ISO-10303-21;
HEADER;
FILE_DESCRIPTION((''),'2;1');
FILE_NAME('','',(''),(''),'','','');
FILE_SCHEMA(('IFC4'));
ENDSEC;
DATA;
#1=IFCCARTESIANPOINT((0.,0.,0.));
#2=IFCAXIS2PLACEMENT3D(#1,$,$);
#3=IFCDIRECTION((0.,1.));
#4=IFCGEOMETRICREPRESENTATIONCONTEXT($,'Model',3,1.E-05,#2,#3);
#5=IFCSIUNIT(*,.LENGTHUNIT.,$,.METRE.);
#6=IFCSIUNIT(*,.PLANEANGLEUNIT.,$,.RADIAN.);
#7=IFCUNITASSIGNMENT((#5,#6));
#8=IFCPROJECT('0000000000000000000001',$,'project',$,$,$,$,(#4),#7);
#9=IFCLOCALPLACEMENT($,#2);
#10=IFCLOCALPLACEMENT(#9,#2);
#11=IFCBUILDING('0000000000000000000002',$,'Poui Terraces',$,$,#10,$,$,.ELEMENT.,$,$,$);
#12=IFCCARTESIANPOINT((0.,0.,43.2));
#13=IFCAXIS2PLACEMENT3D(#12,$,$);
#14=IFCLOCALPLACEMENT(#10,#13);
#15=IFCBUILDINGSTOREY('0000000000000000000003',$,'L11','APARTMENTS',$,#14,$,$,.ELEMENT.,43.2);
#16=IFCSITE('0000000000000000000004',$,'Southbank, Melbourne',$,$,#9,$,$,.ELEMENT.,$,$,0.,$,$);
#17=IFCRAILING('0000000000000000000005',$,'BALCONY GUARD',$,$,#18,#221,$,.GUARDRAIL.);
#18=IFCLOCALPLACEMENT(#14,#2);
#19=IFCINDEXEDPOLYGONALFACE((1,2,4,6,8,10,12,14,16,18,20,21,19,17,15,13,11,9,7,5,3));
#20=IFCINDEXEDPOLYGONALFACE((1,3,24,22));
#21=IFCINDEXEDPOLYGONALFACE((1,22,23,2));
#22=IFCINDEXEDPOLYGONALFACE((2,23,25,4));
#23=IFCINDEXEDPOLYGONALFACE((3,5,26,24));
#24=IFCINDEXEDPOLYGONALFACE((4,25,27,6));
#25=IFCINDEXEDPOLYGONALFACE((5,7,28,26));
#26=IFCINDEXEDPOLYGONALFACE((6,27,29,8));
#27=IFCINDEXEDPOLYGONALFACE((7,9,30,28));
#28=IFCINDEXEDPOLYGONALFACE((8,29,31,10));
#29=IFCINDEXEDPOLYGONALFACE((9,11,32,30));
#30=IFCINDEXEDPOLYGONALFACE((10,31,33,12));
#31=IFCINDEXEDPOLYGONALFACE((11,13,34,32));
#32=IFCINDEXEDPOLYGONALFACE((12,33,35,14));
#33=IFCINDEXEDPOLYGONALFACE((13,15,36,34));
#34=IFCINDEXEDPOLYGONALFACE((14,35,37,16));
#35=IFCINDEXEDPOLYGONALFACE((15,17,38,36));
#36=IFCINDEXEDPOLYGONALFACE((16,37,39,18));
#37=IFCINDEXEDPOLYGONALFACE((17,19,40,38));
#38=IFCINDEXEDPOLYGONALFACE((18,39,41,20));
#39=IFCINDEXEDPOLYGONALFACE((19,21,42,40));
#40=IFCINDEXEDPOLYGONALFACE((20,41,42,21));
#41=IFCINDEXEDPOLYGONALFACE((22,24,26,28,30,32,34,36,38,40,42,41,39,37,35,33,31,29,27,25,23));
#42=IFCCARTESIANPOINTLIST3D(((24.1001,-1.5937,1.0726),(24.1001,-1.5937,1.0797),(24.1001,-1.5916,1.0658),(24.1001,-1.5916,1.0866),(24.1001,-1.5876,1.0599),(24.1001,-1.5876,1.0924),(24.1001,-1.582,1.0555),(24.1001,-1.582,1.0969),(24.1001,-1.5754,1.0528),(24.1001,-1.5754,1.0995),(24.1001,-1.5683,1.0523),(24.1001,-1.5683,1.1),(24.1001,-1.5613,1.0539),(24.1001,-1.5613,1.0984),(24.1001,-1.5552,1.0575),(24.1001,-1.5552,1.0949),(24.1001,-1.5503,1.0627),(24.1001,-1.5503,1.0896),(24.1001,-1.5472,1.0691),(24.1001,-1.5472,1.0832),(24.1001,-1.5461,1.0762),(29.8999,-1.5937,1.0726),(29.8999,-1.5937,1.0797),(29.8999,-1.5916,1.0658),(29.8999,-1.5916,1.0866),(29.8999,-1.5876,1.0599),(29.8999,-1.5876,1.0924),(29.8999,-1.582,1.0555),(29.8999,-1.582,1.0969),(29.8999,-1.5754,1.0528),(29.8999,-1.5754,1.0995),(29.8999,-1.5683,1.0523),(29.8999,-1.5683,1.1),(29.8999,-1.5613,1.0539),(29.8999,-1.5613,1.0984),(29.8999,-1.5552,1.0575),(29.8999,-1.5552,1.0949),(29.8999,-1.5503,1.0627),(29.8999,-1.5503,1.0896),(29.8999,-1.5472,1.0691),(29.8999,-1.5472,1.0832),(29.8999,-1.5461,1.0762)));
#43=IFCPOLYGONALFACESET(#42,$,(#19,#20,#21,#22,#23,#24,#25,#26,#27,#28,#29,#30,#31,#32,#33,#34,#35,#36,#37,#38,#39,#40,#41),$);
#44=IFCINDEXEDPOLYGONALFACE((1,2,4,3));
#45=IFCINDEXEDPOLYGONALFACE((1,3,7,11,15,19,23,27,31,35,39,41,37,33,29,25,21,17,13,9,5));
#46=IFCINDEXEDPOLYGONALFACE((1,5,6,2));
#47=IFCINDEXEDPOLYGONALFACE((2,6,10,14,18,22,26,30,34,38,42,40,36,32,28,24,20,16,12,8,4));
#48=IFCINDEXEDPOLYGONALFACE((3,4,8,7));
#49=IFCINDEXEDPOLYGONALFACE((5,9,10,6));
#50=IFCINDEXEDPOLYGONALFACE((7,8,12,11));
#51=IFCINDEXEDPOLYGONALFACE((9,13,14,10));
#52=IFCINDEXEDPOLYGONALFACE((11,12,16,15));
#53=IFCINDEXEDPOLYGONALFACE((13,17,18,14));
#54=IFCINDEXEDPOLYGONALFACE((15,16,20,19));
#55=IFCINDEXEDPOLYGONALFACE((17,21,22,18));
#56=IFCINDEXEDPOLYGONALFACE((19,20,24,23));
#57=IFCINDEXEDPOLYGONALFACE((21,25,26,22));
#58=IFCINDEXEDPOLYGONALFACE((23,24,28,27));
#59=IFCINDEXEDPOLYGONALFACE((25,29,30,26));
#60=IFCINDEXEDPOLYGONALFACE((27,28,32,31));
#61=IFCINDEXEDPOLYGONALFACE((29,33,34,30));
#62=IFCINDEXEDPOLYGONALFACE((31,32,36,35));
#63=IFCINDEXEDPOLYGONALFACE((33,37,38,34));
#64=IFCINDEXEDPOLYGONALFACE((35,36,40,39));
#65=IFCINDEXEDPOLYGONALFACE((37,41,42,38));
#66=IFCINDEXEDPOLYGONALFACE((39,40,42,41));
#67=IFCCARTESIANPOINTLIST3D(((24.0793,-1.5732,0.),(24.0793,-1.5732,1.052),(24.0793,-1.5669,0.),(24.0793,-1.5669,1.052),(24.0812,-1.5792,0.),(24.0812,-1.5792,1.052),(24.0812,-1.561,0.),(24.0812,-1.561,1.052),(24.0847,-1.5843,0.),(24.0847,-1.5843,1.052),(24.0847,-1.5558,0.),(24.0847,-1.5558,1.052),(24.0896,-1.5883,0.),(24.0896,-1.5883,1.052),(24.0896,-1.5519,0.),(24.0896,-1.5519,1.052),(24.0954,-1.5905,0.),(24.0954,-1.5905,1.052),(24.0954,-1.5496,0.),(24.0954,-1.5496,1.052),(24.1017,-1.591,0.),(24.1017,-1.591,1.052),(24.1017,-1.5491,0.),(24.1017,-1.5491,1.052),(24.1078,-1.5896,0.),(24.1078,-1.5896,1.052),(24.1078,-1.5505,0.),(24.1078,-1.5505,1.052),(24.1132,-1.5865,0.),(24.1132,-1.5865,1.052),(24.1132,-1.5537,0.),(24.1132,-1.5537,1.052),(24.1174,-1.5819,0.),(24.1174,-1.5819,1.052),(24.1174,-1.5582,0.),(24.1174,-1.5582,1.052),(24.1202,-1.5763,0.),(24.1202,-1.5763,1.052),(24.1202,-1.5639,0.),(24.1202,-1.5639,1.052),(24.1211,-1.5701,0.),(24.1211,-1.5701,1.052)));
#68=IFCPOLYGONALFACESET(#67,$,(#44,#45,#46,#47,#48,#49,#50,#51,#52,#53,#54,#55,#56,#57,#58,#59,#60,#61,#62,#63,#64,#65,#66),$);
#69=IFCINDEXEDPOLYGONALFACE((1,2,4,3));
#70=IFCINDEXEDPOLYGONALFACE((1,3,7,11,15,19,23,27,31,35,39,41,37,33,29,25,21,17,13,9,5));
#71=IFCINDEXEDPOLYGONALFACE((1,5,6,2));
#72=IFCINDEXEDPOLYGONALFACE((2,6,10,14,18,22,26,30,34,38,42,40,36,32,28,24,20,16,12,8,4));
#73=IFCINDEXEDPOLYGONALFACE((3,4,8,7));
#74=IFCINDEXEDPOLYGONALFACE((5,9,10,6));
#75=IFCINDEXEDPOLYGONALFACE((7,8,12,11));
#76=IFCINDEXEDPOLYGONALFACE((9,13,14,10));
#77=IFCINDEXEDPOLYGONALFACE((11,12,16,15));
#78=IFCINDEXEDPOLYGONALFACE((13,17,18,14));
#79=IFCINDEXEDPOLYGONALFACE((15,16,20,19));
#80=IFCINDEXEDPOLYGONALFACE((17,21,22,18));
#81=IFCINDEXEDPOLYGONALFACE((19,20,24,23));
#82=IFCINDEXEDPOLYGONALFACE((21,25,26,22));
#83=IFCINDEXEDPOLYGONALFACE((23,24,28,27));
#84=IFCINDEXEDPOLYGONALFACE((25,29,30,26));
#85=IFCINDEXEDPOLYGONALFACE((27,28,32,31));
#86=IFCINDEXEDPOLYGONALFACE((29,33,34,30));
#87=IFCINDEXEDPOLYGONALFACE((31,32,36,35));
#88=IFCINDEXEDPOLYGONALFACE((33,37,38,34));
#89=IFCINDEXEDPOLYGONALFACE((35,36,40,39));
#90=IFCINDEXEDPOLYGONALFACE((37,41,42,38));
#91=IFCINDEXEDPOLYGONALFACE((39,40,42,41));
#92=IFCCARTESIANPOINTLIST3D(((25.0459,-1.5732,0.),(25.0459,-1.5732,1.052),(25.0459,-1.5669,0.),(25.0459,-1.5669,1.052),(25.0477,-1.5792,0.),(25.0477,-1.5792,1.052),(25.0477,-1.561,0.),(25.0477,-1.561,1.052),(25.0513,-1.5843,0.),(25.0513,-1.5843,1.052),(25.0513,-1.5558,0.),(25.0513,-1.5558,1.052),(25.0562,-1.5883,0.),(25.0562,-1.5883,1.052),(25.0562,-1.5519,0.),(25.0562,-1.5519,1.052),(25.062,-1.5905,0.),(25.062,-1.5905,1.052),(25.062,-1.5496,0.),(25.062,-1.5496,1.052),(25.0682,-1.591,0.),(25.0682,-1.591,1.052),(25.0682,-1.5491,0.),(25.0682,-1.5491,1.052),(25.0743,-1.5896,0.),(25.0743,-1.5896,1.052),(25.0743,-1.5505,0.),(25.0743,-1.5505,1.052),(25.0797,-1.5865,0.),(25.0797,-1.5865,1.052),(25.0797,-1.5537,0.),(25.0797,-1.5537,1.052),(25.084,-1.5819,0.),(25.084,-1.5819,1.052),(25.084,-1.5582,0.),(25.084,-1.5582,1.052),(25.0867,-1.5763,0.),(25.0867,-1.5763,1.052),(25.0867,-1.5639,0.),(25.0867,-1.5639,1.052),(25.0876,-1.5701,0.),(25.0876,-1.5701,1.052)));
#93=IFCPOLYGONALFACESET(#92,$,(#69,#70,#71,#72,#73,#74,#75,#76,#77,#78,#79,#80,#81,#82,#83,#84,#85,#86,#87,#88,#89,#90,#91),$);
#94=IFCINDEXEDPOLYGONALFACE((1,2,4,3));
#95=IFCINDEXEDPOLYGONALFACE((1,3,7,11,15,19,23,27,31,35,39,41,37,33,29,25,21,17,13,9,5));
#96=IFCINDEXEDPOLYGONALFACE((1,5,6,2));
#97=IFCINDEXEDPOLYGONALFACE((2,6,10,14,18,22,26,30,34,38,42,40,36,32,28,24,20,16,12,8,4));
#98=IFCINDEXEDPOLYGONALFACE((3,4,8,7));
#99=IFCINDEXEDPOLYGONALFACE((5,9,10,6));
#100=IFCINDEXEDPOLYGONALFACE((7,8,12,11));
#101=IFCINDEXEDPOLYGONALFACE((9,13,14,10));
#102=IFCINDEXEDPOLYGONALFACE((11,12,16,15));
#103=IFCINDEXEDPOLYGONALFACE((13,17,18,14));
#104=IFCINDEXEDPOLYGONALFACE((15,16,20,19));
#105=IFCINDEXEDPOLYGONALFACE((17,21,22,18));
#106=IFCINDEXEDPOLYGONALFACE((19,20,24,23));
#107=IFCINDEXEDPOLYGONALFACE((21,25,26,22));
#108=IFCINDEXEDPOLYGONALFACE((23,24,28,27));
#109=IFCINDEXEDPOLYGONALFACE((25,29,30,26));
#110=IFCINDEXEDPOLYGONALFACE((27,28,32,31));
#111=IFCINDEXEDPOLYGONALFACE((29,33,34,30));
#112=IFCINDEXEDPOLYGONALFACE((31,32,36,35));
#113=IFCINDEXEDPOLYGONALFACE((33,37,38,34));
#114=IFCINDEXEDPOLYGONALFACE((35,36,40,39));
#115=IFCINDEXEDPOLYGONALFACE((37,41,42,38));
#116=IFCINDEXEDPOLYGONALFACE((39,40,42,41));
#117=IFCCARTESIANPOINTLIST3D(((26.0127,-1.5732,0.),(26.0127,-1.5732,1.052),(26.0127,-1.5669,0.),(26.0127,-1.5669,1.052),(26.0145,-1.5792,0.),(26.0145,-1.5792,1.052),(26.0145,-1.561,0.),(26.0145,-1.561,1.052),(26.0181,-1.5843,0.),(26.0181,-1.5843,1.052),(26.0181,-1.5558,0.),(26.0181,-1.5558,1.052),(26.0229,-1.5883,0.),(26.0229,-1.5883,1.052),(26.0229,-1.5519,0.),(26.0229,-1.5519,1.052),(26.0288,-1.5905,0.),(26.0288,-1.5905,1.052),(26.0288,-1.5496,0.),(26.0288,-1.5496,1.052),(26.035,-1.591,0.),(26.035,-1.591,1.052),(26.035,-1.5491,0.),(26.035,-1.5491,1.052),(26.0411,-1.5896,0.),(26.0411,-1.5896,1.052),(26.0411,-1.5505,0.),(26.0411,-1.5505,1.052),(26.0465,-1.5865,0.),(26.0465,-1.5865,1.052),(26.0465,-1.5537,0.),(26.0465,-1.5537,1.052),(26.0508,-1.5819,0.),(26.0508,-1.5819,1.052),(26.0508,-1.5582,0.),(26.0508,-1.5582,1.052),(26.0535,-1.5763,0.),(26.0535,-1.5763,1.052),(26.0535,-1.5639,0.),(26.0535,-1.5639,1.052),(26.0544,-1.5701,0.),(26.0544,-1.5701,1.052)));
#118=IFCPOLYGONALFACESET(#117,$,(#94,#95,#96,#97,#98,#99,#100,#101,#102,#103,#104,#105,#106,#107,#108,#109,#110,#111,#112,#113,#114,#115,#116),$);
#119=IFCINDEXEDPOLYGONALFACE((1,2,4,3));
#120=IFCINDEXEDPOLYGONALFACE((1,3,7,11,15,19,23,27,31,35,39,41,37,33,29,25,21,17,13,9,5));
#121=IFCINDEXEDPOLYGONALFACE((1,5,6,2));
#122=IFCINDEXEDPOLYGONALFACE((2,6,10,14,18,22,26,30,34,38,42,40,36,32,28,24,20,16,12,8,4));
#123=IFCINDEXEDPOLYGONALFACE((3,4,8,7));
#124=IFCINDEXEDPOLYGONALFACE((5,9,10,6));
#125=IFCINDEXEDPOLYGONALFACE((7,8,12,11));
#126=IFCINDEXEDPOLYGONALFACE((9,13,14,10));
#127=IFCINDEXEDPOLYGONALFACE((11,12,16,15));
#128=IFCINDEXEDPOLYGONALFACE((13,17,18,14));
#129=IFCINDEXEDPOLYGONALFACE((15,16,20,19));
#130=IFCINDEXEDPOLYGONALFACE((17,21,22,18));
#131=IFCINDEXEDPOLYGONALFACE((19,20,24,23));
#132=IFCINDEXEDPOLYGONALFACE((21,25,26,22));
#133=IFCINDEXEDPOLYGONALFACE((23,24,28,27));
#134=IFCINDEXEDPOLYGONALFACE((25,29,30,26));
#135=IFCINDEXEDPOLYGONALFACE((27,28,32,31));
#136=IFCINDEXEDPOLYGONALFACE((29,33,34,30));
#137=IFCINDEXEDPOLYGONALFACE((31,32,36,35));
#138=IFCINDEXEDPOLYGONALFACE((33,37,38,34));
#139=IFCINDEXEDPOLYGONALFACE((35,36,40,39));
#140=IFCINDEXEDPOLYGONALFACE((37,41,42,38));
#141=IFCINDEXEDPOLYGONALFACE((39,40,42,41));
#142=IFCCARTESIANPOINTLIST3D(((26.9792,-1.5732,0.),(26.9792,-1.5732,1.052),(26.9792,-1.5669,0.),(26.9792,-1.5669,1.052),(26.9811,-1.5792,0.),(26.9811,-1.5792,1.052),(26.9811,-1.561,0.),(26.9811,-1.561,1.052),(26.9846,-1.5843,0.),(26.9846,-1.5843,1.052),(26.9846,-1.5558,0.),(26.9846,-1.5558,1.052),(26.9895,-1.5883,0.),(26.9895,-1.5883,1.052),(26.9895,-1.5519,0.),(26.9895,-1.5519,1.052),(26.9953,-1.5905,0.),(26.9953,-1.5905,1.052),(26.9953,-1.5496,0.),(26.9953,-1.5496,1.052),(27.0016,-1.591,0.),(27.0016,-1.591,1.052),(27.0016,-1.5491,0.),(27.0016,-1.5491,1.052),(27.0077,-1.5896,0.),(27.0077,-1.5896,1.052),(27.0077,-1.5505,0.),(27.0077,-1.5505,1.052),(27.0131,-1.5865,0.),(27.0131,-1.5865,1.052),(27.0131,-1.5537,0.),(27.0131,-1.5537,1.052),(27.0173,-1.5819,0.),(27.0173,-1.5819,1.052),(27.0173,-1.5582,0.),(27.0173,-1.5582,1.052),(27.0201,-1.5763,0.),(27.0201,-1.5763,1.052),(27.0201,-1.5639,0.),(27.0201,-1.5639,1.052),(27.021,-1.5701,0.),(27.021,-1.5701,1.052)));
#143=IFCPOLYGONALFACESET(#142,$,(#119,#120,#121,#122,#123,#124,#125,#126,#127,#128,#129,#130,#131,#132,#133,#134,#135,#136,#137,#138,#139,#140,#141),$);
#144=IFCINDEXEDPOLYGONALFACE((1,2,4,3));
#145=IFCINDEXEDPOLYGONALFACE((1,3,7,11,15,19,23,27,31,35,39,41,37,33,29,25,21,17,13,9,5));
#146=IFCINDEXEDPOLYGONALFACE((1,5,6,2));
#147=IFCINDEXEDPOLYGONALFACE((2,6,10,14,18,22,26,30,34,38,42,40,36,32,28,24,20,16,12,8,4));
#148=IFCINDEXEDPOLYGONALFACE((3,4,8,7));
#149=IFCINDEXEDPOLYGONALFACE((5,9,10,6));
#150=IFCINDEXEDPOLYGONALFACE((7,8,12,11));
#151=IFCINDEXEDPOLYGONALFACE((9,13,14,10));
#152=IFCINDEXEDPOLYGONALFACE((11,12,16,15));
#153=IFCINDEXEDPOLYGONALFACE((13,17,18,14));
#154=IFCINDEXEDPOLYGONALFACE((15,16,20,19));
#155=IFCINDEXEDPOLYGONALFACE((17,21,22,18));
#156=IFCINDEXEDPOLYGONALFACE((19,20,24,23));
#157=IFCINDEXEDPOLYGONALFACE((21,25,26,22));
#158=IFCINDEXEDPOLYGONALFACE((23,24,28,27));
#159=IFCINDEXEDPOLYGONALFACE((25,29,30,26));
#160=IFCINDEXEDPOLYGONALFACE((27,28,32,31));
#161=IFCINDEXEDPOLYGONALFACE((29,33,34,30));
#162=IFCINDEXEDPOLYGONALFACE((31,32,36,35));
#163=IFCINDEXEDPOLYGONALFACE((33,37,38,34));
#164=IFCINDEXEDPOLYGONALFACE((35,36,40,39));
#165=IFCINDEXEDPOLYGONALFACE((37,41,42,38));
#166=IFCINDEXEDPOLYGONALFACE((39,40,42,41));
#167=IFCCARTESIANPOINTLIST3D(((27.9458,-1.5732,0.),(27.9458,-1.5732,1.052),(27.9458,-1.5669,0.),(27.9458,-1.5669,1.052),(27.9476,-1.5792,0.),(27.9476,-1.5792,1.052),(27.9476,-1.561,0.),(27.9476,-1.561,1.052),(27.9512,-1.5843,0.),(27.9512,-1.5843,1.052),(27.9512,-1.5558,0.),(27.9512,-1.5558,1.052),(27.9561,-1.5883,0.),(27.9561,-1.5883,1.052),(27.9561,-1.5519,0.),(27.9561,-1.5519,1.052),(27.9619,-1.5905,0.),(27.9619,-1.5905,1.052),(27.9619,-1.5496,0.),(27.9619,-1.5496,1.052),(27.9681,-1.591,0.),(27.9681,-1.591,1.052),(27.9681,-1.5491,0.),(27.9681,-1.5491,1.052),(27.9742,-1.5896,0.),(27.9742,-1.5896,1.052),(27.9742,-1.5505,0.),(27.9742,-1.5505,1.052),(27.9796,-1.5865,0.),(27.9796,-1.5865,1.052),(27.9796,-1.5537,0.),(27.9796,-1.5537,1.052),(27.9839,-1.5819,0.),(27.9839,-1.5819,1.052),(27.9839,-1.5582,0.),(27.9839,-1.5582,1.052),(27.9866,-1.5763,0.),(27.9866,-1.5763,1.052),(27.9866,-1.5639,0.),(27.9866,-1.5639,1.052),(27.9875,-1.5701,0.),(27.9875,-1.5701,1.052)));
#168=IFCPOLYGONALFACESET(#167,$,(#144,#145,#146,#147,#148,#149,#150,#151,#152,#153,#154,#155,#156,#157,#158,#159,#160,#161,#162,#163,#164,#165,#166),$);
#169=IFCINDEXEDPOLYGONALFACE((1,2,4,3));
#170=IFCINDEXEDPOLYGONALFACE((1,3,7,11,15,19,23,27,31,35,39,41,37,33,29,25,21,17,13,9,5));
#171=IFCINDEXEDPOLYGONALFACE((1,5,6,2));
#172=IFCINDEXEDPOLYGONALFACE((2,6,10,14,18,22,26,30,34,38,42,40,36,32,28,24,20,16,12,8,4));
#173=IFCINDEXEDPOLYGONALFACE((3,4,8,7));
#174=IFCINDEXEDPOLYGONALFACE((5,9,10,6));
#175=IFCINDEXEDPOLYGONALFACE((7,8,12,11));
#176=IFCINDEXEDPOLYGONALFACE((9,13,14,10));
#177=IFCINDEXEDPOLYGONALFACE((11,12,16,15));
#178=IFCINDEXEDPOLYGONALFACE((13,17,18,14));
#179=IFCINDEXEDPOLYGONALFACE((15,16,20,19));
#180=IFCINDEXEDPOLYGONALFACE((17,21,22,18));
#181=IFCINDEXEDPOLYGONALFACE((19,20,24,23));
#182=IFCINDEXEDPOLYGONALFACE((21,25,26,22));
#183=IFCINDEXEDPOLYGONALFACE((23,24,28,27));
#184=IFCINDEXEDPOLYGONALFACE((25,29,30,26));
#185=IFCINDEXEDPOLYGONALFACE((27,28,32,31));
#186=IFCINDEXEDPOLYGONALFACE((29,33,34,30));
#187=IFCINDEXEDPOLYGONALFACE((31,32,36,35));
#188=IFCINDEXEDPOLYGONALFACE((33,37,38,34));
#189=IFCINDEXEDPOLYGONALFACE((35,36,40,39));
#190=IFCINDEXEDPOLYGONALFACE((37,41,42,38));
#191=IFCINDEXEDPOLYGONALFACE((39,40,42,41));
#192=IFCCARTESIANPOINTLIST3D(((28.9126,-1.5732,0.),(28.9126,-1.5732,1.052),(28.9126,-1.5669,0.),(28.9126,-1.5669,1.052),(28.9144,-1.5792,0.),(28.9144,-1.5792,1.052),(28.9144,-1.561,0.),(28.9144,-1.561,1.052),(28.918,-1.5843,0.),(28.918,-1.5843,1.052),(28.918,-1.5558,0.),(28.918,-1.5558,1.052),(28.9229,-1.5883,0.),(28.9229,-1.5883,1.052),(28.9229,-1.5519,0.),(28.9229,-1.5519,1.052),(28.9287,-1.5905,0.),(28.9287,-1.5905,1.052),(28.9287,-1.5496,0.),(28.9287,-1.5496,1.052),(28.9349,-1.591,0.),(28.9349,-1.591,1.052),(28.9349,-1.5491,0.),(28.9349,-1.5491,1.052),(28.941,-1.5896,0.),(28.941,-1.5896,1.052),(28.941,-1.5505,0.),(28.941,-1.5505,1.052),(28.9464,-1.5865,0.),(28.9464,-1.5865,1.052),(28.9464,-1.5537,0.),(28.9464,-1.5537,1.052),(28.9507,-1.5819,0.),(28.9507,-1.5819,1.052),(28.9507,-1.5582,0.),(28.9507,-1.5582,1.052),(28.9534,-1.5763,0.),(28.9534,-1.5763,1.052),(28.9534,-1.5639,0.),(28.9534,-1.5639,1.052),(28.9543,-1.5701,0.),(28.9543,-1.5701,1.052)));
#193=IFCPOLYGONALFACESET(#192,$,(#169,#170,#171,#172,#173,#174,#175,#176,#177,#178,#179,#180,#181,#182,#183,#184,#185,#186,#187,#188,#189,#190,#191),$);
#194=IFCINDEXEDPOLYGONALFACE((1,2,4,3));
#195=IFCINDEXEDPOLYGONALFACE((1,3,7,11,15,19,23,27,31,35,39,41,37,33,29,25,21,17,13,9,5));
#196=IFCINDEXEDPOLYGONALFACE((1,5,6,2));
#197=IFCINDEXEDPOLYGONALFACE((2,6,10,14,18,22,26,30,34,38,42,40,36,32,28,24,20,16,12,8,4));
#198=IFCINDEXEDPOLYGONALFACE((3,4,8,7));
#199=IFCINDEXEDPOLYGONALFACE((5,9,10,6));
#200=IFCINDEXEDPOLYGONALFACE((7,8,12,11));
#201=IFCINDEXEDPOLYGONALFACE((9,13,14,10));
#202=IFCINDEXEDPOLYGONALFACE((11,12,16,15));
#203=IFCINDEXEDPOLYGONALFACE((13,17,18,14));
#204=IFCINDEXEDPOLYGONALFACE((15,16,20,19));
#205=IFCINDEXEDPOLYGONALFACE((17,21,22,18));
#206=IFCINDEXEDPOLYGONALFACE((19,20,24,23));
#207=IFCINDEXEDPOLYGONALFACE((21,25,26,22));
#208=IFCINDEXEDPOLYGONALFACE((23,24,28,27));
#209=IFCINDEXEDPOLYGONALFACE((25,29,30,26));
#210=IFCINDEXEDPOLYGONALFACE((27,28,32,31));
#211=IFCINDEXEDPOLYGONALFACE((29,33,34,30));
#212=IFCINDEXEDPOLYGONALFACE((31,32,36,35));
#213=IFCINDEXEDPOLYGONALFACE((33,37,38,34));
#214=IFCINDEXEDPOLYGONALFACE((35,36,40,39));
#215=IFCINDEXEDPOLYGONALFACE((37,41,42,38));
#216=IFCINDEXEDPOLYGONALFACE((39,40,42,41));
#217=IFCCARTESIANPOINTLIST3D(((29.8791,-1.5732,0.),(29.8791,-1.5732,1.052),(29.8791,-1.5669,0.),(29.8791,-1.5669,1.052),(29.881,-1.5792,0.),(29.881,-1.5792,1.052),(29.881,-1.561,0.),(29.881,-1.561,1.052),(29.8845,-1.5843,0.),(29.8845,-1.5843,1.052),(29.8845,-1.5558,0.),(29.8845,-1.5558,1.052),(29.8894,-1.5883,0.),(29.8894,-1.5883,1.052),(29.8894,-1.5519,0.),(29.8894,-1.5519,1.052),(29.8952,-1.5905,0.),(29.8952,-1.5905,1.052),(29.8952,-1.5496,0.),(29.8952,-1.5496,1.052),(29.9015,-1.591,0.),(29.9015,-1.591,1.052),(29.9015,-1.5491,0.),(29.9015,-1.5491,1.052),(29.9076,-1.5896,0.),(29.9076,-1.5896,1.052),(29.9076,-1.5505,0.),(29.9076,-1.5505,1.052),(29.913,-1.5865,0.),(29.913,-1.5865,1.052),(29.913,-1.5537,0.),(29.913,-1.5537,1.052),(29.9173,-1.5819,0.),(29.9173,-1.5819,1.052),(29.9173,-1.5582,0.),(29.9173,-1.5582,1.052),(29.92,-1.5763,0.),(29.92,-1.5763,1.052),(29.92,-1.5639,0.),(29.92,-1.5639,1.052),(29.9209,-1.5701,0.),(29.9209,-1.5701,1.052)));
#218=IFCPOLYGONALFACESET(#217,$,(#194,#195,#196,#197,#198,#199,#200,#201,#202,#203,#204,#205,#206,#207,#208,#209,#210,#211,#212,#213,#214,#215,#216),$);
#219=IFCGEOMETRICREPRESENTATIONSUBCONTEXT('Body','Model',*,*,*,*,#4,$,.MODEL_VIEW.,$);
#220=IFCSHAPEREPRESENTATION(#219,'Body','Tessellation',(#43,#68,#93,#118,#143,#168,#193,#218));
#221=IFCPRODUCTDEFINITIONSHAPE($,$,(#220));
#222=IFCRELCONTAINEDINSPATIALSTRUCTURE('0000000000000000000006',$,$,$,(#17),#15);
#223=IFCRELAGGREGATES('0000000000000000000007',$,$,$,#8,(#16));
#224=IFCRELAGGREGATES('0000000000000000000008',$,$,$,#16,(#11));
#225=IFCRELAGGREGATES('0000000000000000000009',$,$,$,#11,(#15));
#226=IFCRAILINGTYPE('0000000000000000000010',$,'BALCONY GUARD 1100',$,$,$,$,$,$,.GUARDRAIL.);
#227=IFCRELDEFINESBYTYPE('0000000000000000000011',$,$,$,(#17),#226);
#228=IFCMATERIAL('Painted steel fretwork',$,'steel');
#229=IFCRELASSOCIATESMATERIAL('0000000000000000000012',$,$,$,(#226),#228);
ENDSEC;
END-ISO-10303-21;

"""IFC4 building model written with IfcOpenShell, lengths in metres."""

from ifc_helpers import new_model, si_unit, direction, frame, origin, origin_2d, place, context, subcontext, project, spatial, circle, extrude, material, type_object, element, save


model = new_model("IFC4")

# Units and contexts
model_context = context("Model", 3, precision=1e-05, world=origin(), true_north=direction((0.0, 1.0)))
body_context = subcontext(model_context, "Body", "Model", "MODEL_VIEW")
ifc_project = project(units=[si_unit("LENGTHUNIT", "METRE"), si_unit("PLANEANGLEUNIT", "RADIAN")], contexts=[model_context])

# Site, building, storey
site_placement = place(None, origin())
site = spatial("IfcSite", under=ifc_project, at=site_placement, Name="Southbank, Melbourne", CompositionType="ELEMENT", RefElevation=0.0)
building_placement = place(site_placement, origin())
building = spatial("IfcBuilding", under=site, at=building_placement, Name="Poui Terraces", CompositionType="ELEMENT")
storey_placement = place(building_placement, frame((0.0, 0.0, 43.2)))
storey = spatial("IfcBuildingStorey", under=building, at=storey_placement, Name="L11", Description="APARTMENTS", CompositionType="ELEMENT", Elevation=43.2)

# Railing
ifc_material_1 = material(Name="Painted steel fretwork", Category="steel")
railing_type = type_object("IfcRailingType", Name="BALCONY GUARD 1100", PredefinedType="GUARDRAIL", material=ifc_material_1)
railing_placement = place(storey_placement, frame((24.1001, -1.5701, 0.0)))
element("IfcRailing", 1, at=railing_placement, inside=storey, type_object=railing_type, Name="BALCONY GUARD", PredefinedType="GUARDRAIL", context=body_context, shape_type="SweptSolid", body=[
    extrude(circle(Radius=0.0239, at=origin_2d()), frame((0.0, 0.0, 1.0762), z_axis=(1.0, 0.0, 0.0), x_axis=(0.0, 1.0, 0.0)), (0.0, 0.0, 1.0), 5.7998),
    extrude(circle(Radius=0.021, at=origin_2d()), origin(), (0.0, 0.0, 1.0), 1.052),
    extrude(circle(Radius=0.021, at=origin_2d()), frame((0.9666, 0.0, 0.0)), (0.0, 0.0, 1.0), 1.052),
    extrude(circle(Radius=0.021, at=origin_2d()), frame((1.9333, 0.0, 0.0)), (0.0, 0.0, 1.0), 1.052),
    extrude(circle(Radius=0.021, at=origin_2d()), frame((2.8999, 0.0, 0.0)), (0.0, 0.0, 1.0), 1.052),
    extrude(circle(Radius=0.021, at=origin_2d()), frame((3.8665, 0.0, 0.0)), (0.0, 0.0, 1.0), 1.052),
    extrude(circle(Radius=0.021, at=origin_2d()), frame((4.8333, 0.0, 0.0)), (0.0, 0.0, 1.0), 1.052),
    extrude(circle(Radius=0.021, at=origin_2d()), frame((5.7998, 0.0, 0.0)), (0.0, 0.0, 1.0), 1.052),
])

save(model, "model.ifc")
